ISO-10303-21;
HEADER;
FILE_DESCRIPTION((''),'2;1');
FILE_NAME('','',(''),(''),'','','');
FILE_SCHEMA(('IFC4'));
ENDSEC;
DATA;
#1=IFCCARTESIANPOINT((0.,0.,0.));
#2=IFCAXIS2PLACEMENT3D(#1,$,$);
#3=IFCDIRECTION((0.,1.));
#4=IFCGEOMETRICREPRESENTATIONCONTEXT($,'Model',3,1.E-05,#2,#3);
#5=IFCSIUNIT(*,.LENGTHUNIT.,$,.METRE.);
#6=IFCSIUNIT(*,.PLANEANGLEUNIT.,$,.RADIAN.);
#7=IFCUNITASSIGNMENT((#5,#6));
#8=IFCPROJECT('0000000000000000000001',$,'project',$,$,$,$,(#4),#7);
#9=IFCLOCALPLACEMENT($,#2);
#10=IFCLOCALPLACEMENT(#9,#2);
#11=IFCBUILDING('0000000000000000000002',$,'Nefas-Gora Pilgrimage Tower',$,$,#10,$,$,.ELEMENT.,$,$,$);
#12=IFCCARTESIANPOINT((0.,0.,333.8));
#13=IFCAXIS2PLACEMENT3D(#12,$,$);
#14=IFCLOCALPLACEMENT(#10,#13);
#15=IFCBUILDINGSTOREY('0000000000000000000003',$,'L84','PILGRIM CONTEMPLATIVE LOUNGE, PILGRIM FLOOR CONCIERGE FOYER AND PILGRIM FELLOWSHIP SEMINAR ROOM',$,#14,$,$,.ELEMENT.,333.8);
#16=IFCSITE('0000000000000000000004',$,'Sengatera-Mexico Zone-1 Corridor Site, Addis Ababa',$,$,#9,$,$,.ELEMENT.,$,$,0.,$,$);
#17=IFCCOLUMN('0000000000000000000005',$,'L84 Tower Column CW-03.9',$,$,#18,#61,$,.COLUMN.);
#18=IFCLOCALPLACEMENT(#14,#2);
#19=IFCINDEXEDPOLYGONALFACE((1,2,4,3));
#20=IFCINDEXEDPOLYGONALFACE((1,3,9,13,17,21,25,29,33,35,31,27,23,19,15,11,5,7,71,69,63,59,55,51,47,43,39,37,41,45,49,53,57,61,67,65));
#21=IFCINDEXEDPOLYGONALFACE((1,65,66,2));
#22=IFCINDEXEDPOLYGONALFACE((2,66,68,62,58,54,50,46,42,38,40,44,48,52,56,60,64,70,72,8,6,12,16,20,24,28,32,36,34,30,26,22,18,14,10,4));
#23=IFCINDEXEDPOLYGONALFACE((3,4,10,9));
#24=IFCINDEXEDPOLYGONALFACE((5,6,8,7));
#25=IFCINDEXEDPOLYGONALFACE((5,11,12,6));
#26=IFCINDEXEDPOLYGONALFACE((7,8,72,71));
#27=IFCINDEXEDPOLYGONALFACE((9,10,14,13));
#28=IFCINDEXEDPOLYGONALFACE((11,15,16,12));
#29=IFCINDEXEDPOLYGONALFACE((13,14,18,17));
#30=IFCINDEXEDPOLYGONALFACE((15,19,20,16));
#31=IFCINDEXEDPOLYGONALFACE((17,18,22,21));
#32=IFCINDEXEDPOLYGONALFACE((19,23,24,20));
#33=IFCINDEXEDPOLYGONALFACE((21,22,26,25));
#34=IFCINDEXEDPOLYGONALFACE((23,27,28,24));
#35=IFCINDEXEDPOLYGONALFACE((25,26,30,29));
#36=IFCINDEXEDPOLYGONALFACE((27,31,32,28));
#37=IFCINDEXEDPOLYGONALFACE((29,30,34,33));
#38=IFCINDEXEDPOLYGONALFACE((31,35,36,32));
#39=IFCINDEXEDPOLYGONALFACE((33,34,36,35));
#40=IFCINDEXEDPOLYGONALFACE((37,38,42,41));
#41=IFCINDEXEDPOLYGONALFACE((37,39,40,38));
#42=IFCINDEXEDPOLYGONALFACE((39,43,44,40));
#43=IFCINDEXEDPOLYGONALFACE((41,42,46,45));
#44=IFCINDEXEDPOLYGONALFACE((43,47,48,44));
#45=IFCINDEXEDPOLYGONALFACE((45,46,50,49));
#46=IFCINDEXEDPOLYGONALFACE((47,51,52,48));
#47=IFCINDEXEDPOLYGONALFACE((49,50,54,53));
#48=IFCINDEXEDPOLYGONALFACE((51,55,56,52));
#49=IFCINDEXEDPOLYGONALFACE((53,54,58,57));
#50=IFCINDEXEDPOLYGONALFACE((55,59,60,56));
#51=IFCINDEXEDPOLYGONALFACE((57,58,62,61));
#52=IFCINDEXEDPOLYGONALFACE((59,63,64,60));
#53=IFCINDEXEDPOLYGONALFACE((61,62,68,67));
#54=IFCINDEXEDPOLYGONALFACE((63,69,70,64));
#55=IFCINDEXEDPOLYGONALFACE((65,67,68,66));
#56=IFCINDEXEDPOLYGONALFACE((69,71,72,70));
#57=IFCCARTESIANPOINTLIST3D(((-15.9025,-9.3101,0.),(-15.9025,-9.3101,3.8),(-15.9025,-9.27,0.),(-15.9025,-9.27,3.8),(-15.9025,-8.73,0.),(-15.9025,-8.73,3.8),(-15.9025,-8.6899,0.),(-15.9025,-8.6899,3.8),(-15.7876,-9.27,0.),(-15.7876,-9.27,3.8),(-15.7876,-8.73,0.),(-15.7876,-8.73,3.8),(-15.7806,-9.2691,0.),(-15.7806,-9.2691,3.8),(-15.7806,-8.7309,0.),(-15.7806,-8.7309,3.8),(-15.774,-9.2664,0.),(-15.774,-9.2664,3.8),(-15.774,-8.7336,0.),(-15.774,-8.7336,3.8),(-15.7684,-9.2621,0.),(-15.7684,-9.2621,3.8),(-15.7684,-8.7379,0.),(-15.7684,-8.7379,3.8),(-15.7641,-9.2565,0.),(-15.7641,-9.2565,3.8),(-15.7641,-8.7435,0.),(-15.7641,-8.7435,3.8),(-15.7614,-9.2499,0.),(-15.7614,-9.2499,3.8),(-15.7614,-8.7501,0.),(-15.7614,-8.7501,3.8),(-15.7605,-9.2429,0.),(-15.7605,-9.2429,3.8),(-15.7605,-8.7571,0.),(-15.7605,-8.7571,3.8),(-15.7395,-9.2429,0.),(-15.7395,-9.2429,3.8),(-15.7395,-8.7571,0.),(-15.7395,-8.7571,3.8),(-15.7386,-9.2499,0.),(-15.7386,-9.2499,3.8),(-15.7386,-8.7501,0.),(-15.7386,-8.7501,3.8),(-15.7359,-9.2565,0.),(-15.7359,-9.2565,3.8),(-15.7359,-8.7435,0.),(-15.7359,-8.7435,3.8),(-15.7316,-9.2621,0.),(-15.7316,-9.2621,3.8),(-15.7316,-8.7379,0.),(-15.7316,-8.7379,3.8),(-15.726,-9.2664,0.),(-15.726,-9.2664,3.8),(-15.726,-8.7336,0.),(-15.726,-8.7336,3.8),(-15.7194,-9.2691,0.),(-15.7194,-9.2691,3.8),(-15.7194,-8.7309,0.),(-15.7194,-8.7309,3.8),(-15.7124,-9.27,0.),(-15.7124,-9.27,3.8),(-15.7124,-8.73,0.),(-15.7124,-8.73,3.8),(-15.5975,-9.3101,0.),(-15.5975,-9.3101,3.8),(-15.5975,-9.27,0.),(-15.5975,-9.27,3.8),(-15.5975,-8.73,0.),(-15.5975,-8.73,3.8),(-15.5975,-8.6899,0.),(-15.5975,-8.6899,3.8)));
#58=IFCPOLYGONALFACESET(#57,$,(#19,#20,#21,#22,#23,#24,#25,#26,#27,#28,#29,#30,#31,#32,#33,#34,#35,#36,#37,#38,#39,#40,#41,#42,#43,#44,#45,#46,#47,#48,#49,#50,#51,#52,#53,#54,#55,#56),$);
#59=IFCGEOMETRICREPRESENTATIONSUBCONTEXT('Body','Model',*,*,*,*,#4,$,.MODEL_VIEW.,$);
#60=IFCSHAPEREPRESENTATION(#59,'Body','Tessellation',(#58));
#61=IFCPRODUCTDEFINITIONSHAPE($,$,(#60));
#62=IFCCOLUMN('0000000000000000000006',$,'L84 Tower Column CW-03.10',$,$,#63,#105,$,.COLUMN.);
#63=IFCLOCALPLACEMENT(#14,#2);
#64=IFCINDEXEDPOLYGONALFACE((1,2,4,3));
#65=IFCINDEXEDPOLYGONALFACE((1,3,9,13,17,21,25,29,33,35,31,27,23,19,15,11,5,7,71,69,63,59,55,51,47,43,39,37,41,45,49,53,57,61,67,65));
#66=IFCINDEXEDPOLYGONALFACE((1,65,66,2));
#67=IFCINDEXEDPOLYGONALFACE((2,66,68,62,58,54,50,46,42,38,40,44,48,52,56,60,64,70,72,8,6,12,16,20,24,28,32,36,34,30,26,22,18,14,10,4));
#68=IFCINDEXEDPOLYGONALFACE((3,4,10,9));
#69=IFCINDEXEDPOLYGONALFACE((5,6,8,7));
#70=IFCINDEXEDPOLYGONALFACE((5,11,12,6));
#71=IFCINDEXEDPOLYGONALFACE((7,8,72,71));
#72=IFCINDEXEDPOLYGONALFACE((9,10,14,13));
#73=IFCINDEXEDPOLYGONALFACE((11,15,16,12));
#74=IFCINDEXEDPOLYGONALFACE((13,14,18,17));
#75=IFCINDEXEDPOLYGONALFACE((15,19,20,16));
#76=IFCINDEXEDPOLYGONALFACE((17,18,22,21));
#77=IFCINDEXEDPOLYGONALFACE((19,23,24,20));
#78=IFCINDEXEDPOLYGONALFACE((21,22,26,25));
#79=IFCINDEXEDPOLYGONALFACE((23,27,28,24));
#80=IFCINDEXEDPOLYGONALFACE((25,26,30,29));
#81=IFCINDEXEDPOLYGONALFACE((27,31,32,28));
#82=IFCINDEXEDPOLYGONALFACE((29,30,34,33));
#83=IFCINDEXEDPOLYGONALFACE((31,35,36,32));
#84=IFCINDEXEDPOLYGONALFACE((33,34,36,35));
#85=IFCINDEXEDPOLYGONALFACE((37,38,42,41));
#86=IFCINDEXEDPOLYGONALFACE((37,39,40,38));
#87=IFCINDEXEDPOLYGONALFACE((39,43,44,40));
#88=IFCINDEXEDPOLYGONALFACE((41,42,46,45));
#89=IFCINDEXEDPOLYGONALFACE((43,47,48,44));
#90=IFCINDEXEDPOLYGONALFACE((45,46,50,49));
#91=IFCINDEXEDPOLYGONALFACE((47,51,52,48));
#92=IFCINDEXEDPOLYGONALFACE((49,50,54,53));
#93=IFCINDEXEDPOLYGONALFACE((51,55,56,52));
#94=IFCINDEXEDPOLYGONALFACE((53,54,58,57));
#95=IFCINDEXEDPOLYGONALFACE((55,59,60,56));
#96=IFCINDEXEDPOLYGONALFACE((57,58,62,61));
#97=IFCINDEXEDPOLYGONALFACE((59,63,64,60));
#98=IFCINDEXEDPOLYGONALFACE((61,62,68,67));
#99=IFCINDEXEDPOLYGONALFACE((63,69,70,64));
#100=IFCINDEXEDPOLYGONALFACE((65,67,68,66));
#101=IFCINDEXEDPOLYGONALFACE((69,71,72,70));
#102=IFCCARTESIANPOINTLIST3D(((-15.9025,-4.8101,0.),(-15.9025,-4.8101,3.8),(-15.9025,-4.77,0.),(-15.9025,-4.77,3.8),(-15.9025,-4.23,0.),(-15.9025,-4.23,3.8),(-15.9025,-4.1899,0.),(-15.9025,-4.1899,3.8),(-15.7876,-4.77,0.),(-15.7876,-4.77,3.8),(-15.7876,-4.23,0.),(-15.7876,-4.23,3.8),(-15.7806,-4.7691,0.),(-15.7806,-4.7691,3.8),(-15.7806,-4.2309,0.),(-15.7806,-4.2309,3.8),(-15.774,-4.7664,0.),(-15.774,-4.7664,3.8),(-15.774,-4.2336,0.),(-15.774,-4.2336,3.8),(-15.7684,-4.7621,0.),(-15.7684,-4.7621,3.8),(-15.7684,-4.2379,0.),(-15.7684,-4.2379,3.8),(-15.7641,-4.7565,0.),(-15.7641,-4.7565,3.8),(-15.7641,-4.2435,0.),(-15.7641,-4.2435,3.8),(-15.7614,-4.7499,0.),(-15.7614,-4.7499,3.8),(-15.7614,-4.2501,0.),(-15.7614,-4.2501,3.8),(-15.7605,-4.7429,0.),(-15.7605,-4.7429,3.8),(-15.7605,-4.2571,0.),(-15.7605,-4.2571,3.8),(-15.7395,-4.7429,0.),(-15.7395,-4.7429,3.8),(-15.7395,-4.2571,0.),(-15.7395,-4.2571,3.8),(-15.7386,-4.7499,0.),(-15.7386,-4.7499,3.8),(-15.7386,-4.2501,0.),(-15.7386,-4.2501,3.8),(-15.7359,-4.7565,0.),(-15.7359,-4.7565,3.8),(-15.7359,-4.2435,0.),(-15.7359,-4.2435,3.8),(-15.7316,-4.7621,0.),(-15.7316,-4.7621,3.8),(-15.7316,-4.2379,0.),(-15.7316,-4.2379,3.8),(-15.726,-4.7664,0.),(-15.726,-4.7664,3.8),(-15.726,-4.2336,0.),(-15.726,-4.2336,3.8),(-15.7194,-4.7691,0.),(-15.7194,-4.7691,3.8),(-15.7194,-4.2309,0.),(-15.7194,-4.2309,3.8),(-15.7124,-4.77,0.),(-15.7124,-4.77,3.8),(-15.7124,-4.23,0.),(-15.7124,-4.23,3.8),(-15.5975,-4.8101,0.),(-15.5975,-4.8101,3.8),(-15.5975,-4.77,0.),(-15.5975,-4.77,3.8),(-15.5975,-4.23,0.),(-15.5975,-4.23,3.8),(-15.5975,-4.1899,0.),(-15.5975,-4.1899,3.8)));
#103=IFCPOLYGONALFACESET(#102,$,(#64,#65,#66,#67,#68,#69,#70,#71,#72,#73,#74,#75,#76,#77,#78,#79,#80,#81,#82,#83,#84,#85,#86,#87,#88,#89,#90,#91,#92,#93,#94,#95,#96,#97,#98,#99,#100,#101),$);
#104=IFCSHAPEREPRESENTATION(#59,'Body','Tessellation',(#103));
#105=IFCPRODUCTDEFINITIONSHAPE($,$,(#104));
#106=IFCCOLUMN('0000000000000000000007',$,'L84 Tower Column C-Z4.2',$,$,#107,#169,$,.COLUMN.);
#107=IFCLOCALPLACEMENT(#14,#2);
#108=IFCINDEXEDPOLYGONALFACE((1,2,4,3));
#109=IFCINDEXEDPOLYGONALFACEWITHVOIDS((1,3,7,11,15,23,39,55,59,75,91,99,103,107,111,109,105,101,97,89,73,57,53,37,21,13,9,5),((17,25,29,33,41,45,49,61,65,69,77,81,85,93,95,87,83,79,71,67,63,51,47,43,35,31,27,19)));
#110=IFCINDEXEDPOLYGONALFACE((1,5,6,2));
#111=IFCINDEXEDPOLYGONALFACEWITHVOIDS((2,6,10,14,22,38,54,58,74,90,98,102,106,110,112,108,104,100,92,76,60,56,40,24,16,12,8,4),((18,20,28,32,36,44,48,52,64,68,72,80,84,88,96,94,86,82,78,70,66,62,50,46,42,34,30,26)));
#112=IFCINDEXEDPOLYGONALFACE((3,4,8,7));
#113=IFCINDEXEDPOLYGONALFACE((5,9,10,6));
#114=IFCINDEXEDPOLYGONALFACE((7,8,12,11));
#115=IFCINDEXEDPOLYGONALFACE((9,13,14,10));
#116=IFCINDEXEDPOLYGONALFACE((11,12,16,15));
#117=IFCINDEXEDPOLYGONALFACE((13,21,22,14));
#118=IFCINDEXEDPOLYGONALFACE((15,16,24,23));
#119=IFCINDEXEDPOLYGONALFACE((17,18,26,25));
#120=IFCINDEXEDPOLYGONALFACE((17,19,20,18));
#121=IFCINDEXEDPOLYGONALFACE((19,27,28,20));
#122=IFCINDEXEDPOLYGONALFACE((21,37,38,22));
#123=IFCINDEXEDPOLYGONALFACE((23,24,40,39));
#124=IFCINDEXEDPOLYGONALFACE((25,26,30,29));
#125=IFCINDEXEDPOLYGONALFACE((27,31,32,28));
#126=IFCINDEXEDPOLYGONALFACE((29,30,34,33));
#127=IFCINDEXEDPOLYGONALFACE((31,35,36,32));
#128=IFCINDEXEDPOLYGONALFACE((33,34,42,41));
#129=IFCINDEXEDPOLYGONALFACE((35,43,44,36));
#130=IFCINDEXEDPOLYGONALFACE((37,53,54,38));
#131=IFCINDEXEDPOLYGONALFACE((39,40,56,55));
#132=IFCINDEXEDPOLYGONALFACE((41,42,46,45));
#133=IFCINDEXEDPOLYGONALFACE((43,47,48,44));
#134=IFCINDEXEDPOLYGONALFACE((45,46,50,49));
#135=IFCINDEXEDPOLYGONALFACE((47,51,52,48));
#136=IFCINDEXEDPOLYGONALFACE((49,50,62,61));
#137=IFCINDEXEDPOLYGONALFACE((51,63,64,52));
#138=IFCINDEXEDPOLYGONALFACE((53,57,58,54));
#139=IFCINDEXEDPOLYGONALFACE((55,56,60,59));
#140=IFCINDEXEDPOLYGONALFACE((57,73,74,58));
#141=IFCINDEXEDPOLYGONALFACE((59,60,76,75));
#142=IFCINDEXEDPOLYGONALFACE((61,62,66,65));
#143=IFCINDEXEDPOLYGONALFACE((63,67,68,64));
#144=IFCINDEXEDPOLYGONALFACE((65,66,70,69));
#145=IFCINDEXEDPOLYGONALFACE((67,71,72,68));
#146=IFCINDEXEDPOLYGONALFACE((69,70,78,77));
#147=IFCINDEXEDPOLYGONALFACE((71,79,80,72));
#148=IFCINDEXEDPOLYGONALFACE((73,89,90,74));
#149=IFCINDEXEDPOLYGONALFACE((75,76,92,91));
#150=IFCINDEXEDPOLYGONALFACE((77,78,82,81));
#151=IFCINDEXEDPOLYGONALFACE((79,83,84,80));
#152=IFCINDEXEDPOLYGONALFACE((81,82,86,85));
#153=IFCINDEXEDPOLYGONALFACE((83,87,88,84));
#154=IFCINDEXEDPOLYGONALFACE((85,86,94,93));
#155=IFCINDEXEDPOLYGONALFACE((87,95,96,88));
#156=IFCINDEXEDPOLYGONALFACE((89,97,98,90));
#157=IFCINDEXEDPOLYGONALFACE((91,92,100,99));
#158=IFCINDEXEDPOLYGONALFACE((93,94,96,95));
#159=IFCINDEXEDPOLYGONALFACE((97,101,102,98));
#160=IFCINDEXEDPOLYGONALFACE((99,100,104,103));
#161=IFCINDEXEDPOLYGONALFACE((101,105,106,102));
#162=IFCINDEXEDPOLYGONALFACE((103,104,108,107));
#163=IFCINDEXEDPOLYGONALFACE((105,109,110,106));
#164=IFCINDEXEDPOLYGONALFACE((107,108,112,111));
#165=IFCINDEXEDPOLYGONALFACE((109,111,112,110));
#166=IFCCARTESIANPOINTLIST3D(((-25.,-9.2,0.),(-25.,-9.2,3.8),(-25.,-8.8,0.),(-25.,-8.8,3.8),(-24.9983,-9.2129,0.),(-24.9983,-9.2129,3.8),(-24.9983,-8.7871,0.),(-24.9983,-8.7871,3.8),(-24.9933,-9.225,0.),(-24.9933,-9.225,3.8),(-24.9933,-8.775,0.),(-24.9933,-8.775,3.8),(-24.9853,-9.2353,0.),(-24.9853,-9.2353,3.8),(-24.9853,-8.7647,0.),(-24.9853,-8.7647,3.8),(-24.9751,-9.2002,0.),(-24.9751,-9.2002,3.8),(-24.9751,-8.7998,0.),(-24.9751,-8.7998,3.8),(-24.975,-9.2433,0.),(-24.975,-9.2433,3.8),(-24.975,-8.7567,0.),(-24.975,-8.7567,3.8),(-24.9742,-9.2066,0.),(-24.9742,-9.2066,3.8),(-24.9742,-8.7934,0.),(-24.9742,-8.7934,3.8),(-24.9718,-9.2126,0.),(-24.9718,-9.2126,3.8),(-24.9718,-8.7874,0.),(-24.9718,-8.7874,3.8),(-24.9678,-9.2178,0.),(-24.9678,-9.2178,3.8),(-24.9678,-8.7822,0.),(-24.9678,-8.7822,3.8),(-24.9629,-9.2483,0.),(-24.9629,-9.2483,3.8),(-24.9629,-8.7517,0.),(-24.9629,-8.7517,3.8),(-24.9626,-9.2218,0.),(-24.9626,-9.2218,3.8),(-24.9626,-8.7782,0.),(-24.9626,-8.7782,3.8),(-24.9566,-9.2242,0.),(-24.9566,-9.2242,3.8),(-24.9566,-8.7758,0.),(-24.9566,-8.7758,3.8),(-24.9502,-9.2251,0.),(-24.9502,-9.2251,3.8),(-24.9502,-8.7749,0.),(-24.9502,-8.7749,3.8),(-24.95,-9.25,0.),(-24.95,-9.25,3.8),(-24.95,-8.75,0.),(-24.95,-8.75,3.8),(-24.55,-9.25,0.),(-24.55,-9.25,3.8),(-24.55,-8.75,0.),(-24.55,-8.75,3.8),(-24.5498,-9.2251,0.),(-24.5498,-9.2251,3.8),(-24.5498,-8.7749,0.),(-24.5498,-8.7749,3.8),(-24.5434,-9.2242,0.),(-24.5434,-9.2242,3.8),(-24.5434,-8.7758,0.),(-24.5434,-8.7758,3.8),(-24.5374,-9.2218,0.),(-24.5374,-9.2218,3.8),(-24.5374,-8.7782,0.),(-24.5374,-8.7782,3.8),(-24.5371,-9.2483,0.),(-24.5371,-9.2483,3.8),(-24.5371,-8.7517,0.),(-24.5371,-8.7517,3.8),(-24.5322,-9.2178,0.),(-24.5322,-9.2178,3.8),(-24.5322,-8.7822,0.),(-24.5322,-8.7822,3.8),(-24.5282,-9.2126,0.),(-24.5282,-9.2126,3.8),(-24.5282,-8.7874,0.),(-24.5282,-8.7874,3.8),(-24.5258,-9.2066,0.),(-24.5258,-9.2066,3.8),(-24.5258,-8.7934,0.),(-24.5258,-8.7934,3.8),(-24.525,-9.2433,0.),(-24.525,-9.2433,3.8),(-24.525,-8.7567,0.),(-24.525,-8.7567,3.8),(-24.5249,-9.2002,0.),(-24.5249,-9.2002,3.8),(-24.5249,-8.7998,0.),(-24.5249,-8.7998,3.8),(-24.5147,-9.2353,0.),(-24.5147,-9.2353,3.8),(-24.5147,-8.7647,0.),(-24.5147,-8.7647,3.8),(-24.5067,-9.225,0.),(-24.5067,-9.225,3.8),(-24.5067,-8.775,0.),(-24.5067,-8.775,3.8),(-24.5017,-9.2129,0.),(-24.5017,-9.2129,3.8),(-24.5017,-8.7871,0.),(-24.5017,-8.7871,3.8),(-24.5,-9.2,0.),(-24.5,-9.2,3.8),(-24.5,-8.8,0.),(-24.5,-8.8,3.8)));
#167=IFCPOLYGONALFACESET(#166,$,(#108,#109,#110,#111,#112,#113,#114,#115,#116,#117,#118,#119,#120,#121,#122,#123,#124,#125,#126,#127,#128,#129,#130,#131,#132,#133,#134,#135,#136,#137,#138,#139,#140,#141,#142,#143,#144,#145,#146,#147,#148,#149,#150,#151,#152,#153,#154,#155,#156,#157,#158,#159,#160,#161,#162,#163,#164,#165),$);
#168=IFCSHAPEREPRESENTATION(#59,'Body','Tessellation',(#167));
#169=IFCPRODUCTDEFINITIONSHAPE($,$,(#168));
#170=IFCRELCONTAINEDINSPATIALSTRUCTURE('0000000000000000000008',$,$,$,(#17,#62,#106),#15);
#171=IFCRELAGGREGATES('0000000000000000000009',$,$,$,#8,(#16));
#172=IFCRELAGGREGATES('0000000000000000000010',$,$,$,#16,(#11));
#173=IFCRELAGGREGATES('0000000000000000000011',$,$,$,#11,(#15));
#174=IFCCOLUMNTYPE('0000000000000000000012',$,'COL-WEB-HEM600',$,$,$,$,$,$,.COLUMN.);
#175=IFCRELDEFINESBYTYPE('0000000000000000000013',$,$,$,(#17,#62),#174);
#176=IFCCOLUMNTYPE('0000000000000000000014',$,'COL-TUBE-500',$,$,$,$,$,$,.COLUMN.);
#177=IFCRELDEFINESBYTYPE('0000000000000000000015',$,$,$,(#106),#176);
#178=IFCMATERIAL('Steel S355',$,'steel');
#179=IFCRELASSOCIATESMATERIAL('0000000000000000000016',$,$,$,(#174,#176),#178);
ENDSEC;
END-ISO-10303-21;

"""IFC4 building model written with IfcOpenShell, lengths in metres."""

from ifc_helpers import new_model, si_unit, direction, frame, origin, origin_2d, place, context, subcontext, project, spatial, hollow_rectangle, i_section, extrude, source, transform, mapped, material, material_profile, profile_set, type_object, element, save


model = new_model("IFC4")

# Units and contexts
model_context = context("Model", 3, precision=1e-05, world=origin(), true_north=direction((0.0, 1.0)))
body_context = subcontext(model_context, "Body", "Model", "MODEL_VIEW")
ifc_project = project(units=[si_unit("LENGTHUNIT", "METRE"), si_unit("PLANEANGLEUNIT", "RADIAN")], contexts=[model_context])

# Site, building, storey
site_placement = place(None, origin())
site = spatial("IfcSite", under=ifc_project, at=site_placement, Name="Sengatera-Mexico Zone-1 Corridor Site, Addis Ababa", CompositionType="ELEMENT", RefElevation=0.0)
building_placement = place(site_placement, origin())
building = spatial("IfcBuilding", under=site, at=building_placement, Name="Nefas-Gora Pilgrimage Tower", CompositionType="ELEMENT")
storey_placement = place(building_placement, frame((0.0, 0.0, 333.8)))
storey = spatial("IfcBuildingStorey", under=building, at=storey_placement, Name="L84", Description="PILGRIM CONTEMPLATIVE LOUNGE, PILGRIM FLOOR CONCIERGE FOYER AND PILGRIM FELLOWSHIP SEMINAR ROOM", CompositionType="ELEMENT", Elevation=333.8)

# Columns
ifc_material_1 = material(Name="Steel S355", Category="steel")
ifc_material_profile_1 = material_profile(ifc_material_1, i_section(OverallWidth=0.3049, OverallDepth=0.6201, WebThickness=0.021, FlangeThickness=0.04, FilletRadius=0.0271, at=origin_2d()), Name="HEM 600")
ifc_profile_set_1 = profile_set([ifc_material_profile_1], Name="Steel S355")
column_type_1 = type_object("IfcColumnType", Name="COL-WEB-HEM600", PredefinedType="COLUMN", material=ifc_profile_set_1)
shared_shape_1 = source(origin(), body_context, "Body", "SweptSolid", [
    extrude(i_section(OverallWidth=0.3049, OverallDepth=0.6201, WebThickness=0.021, FlangeThickness=0.04, FilletRadius=0.0271, at=origin_2d()), origin(), (0.0, 0.0, 1.0), 3.8),
])
for number, where, z_axis, x_axis, name in (
    (1, (-15.75, -9.0, 0.0), (0.0, 0.0, 1.0), (1.0, 0.0, 0.0), "L84 Tower Column CW-03.9"),
    (2, (-15.75, -4.5, 0.0), (0.0, 0.0, 1.0), (1.0, 0.0, 0.0), "L84 Tower Column CW-03.10"),
):
    element("IfcColumn", number, at=place(storey_placement, frame(where, z_axis=z_axis, x_axis=x_axis)), inside=storey, type_object=column_type_1, Name=name, PredefinedType="COLUMN", context=body_context, shape_type="MappedRepresentation", body=[
        mapped(shared_shape_1, transform((0.0, 0.0, 0.0), x_axis=(1.0, 0.0, 0.0), y_axis=(0.0, 1.0, 0.0), z_axis=(0.0, 0.0, 1.0), scale=1.0)),
    ])
ifc_material_profile_2 = material_profile(ifc_material_1, hollow_rectangle(XDim=0.5, YDim=0.5, WallThickness=0.0249, InnerFilletRadius=0.0249, OuterFilletRadius=0.05, at=origin_2d()), Name="SHS 500x500x25")
ifc_profile_set_2 = profile_set([ifc_material_profile_2], Name="Steel S355")
column_type_2 = type_object("IfcColumnType", Name="COL-TUBE-500", PredefinedType="COLUMN", material=ifc_profile_set_2)
shared_shape_2 = source(origin(), body_context, "Body", "SweptSolid", [
    extrude(hollow_rectangle(XDim=0.5, YDim=0.5, WallThickness=0.0249, InnerFilletRadius=0.0249, OuterFilletRadius=0.05, at=origin_2d()), origin(), (0.0, 0.0, 1.0), 3.8),
])
for number, where, z_axis, x_axis, name in (
    (3, (-24.75, -9.0, 0.0), (0.0, 0.0, 1.0), (1.0, 0.0, 0.0), "L84 Tower Column C-Z4.2"),
):
    element("IfcColumn", number, at=place(storey_placement, frame(where, z_axis=z_axis, x_axis=x_axis)), inside=storey, type_object=column_type_2, Name=name, PredefinedType="COLUMN", context=body_context, shape_type="MappedRepresentation", body=[
        mapped(shared_shape_2, transform((0.0, 0.0, 0.0), x_axis=(1.0, 0.0, 0.0), y_axis=(0.0, 1.0, 0.0), z_axis=(0.0, 0.0, 1.0), scale=1.0)),
    ])

save(model, "model.ifc")
